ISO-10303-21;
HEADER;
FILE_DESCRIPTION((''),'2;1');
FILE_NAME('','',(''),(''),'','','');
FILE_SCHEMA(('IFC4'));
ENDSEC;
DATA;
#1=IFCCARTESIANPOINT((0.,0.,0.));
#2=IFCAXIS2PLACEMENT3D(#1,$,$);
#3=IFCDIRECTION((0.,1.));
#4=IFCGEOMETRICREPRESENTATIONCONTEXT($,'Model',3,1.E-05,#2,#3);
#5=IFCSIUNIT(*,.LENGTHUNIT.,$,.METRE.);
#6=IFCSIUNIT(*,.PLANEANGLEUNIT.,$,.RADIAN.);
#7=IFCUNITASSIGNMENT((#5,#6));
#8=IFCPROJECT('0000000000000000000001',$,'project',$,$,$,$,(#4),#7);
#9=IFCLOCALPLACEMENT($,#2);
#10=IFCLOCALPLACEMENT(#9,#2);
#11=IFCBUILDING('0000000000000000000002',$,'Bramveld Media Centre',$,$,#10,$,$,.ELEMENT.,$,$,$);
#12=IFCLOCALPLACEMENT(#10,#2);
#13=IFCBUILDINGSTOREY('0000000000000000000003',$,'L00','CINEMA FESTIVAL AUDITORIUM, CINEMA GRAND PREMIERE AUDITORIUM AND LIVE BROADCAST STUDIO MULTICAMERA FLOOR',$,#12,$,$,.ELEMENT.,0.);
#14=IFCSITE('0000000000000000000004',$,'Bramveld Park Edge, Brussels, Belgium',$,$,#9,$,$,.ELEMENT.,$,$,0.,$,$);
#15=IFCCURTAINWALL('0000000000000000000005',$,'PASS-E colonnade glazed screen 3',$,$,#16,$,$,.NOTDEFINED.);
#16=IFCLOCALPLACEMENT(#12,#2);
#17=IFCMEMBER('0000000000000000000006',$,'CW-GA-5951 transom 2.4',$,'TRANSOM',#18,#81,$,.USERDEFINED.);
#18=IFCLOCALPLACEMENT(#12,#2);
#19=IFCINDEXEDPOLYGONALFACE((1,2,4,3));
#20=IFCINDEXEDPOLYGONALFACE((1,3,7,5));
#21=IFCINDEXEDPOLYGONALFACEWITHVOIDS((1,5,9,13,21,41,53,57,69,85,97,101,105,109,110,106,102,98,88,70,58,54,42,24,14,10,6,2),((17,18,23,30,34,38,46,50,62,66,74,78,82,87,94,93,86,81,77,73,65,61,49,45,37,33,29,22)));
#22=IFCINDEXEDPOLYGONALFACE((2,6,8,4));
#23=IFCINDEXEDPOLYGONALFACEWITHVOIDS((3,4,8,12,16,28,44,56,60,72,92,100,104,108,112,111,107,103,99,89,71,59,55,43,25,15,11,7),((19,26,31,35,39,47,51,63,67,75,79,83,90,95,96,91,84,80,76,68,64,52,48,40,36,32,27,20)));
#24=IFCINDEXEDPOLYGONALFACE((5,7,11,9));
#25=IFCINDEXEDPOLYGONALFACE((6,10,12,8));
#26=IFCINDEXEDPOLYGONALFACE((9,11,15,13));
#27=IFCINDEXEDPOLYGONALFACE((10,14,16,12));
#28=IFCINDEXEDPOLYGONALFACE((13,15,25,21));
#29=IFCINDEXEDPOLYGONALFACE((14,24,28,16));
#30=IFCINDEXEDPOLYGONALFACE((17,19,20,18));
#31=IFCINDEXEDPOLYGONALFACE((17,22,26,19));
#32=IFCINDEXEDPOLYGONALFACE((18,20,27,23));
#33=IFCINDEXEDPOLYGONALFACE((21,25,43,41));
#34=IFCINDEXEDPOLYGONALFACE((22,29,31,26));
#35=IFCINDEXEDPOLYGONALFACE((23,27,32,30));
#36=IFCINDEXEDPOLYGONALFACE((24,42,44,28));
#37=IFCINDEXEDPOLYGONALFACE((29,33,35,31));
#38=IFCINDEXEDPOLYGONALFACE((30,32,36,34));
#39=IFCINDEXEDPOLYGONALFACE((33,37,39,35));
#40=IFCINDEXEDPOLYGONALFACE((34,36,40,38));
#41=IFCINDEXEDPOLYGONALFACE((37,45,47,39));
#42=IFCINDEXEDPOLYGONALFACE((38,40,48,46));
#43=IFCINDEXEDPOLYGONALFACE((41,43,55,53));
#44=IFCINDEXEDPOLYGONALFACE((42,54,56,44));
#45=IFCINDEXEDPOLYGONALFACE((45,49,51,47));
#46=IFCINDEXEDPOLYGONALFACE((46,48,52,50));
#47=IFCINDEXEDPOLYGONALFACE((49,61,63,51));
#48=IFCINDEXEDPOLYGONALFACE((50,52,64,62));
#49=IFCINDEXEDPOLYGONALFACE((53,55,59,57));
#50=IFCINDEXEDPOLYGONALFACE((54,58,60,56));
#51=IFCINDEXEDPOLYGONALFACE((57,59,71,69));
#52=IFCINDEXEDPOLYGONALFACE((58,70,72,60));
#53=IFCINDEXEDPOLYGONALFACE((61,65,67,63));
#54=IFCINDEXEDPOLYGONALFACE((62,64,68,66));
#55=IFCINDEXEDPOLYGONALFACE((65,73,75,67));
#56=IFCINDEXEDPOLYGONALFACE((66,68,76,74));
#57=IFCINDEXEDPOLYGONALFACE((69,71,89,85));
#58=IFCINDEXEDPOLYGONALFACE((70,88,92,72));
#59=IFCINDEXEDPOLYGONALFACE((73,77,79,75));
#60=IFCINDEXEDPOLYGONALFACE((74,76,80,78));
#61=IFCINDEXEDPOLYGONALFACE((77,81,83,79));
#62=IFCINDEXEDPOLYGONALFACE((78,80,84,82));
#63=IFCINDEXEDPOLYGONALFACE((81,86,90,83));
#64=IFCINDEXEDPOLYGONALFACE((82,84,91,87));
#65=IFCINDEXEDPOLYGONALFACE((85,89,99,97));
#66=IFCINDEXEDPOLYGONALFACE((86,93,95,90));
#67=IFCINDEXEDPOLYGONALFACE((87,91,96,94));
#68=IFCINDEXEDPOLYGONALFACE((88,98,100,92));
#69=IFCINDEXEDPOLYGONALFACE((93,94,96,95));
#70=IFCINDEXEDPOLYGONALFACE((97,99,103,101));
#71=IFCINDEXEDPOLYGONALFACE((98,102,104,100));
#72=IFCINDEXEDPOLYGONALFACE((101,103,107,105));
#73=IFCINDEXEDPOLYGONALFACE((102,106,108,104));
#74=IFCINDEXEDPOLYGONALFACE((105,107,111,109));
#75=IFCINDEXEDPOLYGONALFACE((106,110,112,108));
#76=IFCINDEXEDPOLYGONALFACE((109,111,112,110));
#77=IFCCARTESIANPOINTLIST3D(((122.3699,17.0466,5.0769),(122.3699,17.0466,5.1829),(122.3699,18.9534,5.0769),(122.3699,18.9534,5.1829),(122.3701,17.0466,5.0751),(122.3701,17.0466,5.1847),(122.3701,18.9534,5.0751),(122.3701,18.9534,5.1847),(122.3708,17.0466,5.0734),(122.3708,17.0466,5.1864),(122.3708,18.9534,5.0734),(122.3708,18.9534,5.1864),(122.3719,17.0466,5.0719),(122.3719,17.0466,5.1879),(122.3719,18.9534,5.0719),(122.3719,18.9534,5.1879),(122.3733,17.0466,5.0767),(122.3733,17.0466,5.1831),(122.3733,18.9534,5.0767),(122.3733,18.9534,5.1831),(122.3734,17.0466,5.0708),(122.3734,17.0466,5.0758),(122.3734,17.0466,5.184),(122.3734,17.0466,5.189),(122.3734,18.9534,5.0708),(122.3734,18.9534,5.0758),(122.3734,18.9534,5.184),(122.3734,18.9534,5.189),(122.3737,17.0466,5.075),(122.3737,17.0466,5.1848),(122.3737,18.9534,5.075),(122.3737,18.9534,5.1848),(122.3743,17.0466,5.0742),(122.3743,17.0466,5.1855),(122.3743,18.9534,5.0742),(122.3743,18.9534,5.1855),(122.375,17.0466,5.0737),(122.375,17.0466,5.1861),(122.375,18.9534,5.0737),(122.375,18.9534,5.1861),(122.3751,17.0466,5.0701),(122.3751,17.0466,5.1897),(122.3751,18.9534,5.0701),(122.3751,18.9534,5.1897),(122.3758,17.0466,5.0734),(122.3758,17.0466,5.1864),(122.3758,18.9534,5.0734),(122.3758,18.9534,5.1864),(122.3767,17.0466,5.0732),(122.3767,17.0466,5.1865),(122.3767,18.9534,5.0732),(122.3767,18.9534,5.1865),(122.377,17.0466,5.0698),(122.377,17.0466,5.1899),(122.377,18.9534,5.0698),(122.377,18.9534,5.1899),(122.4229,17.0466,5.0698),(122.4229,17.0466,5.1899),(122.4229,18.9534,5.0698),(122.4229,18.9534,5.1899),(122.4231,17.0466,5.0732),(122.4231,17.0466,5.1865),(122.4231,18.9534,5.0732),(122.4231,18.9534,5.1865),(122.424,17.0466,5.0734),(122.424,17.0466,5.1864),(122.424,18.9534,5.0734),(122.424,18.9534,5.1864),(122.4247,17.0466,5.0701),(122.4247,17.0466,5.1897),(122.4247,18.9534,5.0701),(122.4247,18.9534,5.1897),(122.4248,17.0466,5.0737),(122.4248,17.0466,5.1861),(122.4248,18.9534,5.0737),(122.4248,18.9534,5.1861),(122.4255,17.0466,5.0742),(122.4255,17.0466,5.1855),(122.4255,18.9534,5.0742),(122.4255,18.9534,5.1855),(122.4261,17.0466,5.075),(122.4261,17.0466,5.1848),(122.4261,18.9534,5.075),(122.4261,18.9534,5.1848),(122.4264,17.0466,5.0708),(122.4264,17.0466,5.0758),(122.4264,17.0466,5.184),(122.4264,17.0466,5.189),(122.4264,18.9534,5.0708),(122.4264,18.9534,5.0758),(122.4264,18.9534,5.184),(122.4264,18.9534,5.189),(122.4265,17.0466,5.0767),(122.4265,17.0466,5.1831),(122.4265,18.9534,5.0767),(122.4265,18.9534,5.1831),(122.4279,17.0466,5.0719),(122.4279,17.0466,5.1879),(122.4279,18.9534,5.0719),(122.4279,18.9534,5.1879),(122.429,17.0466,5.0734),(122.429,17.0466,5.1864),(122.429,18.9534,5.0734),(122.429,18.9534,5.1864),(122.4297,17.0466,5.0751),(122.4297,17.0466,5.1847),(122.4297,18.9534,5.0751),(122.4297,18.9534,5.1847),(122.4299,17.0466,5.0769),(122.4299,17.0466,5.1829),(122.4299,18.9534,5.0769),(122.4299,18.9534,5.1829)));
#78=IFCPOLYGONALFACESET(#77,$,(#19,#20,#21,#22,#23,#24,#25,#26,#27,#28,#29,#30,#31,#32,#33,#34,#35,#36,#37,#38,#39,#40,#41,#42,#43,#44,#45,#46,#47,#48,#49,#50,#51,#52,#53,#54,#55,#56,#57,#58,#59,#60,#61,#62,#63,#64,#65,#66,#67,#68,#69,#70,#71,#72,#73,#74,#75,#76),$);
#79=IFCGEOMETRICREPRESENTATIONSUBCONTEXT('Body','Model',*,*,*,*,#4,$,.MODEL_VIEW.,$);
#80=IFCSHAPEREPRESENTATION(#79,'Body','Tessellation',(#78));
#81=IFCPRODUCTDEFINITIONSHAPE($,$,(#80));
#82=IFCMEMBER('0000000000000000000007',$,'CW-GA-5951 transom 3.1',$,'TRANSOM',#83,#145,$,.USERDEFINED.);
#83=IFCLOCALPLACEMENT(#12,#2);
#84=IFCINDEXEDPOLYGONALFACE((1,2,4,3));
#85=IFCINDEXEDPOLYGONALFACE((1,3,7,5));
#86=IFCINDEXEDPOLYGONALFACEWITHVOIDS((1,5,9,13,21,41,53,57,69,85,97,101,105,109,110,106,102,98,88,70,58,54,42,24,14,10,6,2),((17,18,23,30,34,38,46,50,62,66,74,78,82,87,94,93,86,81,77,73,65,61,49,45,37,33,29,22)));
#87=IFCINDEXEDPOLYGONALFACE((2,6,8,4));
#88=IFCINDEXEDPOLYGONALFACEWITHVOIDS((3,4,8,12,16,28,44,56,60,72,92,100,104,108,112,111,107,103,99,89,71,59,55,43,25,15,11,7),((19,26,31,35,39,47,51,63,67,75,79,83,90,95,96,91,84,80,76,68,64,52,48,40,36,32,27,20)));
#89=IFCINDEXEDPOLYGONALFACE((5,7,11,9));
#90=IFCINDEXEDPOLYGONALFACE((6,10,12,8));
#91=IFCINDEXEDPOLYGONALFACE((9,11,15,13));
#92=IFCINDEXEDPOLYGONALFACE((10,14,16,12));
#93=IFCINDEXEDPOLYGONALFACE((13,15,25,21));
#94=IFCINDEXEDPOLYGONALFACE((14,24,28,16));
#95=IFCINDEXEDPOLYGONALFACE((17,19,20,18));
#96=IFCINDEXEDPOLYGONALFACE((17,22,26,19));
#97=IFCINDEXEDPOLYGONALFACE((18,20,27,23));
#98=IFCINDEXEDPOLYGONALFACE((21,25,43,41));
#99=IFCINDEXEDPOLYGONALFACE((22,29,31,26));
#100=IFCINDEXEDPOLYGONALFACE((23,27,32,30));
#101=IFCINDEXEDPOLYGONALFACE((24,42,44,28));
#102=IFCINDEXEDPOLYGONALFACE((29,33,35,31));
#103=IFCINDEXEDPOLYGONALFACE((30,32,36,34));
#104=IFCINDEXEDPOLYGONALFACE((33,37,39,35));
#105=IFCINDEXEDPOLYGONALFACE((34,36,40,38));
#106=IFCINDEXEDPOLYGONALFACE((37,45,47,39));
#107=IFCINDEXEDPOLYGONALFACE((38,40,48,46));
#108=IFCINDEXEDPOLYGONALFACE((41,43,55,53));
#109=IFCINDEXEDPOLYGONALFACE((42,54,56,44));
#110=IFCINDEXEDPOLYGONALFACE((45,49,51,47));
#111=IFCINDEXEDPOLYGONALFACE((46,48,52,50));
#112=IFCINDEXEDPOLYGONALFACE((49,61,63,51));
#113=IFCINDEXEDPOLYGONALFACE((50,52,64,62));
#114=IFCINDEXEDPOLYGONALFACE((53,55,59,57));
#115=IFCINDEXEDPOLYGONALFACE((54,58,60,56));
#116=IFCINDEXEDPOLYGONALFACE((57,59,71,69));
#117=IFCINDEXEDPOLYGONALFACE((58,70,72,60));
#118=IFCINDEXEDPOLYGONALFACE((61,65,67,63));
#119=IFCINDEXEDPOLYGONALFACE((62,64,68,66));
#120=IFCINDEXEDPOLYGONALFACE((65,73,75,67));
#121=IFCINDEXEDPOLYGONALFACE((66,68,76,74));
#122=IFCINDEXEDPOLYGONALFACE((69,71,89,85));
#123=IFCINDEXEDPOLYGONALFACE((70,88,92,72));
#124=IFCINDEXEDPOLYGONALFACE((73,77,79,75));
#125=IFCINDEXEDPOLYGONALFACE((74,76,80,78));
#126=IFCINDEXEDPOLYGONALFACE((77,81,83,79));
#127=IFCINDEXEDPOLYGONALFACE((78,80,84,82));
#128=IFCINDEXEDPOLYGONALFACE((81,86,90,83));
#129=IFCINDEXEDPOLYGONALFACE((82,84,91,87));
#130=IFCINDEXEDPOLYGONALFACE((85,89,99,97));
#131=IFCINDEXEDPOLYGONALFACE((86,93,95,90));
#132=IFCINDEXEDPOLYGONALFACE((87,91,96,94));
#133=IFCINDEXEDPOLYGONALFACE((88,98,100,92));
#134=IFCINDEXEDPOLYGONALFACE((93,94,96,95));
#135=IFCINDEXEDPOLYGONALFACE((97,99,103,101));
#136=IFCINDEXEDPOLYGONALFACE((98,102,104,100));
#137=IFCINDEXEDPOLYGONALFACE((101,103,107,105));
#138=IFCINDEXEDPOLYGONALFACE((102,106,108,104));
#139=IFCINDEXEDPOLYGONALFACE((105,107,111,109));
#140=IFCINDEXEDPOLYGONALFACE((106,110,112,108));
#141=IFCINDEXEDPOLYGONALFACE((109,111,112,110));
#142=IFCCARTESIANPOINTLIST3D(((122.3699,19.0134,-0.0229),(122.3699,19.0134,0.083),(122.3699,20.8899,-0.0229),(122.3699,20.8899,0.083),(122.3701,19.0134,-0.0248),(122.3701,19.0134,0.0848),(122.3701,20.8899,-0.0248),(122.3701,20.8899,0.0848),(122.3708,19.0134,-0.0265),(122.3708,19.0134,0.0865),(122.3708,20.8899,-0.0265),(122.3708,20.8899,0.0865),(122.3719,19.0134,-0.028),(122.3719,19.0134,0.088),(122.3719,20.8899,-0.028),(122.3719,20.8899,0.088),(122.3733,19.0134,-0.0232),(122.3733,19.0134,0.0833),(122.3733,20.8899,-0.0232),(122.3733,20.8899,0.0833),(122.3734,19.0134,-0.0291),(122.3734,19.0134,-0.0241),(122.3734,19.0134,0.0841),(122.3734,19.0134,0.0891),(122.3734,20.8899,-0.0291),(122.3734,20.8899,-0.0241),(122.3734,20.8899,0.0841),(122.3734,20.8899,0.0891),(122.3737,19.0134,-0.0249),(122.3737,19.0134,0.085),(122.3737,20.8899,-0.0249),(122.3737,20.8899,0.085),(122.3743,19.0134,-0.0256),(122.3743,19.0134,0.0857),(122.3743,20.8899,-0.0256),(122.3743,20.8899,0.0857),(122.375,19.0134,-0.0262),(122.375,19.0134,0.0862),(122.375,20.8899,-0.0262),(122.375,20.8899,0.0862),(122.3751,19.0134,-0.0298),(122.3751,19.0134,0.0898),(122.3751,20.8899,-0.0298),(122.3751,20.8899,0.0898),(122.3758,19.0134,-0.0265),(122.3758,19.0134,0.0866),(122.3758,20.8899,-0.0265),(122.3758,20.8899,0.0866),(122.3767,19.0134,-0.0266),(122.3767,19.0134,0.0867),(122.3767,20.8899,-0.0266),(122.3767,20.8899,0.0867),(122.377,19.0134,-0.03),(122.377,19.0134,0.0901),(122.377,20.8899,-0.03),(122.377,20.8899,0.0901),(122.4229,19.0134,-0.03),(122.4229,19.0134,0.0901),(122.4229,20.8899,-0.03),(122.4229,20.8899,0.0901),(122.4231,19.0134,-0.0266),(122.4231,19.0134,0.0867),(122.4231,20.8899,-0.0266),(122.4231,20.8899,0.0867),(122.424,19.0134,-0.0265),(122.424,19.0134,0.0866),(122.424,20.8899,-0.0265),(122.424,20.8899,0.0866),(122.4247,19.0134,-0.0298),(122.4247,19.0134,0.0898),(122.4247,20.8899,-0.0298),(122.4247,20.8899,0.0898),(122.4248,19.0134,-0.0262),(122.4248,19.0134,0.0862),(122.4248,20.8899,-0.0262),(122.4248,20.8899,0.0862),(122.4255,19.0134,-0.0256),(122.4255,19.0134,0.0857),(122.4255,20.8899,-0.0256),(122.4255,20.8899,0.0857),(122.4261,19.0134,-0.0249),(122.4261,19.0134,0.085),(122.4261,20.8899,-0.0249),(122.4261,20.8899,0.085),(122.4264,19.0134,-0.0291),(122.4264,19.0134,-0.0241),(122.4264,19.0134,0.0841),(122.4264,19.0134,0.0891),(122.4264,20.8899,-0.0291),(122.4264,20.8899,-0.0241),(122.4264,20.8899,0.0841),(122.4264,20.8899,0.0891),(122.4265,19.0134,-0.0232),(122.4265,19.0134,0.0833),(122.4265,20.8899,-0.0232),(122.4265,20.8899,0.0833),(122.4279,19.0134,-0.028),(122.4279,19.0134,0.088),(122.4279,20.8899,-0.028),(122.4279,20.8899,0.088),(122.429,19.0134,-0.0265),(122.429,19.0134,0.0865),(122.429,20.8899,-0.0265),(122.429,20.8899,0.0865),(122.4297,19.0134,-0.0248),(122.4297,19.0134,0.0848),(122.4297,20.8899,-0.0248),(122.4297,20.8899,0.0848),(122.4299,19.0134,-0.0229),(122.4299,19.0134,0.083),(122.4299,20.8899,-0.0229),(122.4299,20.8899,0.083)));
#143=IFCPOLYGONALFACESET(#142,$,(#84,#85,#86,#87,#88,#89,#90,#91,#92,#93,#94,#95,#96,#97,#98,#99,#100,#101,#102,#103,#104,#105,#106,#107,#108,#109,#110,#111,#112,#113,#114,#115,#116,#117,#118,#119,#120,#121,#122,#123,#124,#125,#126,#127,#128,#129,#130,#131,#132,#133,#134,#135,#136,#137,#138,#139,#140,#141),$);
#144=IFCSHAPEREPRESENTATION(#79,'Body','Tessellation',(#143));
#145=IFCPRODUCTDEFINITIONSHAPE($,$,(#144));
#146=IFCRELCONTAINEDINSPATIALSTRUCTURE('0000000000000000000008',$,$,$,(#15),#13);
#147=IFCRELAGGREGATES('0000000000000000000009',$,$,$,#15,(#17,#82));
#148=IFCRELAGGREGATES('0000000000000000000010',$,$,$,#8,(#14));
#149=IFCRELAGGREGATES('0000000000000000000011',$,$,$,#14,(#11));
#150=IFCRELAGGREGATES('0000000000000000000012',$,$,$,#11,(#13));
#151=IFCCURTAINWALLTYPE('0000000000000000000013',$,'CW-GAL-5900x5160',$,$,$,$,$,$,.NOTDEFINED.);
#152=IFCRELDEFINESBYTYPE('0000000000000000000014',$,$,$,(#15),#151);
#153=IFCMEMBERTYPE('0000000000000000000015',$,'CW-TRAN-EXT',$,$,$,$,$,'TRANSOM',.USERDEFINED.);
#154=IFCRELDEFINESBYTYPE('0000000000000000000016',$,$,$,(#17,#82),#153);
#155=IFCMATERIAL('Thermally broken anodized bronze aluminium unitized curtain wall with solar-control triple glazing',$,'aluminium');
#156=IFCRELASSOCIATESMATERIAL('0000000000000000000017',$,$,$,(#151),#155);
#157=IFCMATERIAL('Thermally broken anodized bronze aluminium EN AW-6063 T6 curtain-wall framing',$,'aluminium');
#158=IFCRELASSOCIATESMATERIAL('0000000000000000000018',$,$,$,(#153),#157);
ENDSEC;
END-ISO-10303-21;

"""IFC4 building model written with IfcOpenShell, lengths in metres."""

from ifc_helpers import new_model, si_unit, direction, frame, origin, origin_2d, place, context, subcontext, project, spatial, hollow_rectangle, extrude, material, material_profile, profile_set, type_object, element, aggregate, save


model = new_model("IFC4")

# Units and contexts
model_context = context("Model", 3, precision=1e-05, world=origin(), true_north=direction((0.0, 1.0)))
body_context = subcontext(model_context, "Body", "Model", "MODEL_VIEW")
ifc_project = project(units=[si_unit("LENGTHUNIT", "METRE"), si_unit("PLANEANGLEUNIT", "RADIAN")], contexts=[model_context])

# Site, building, storey
site_placement = place(None, origin())
site = spatial("IfcSite", under=ifc_project, at=site_placement, Name="Bramveld Park Edge, Brussels, Belgium", CompositionType="ELEMENT", RefElevation=0.0)
building_placement = place(site_placement, origin())
building = spatial("IfcBuilding", under=site, at=building_placement, Name="Bramveld Media Centre", CompositionType="ELEMENT")
storey_placement = place(building_placement, origin())
storey = spatial("IfcBuildingStorey", under=building, at=storey_placement, Name="L00", Description="CINEMA FESTIVAL AUDITORIUM, CINEMA GRAND PREMIERE AUDITORIUM AND LIVE BROADCAST STUDIO MULTICAMERA FLOOR", CompositionType="ELEMENT", Elevation=0.0)

# Curtain wall, members
ifc_material_1 = material(Name="Thermally broken anodized bronze aluminium unitized curtain wall with solar-control triple glazing", Category="aluminium")
curtain_wall_type = type_object("IfcCurtainWallType", Name="CW-GAL-5900x5160", PredefinedType="NOTDEFINED", material=ifc_material_1)
curtain_wall_placement = place(storey_placement, origin())
curtain_wall = element("IfcCurtainWall", 1, at=curtain_wall_placement, inside=storey, type_object=curtain_wall_type, Name="PASS-E colonnade glazed screen 3", PredefinedType="NOTDEFINED")
ifc_material_2 = material(Name="Thermally broken anodized bronze aluminium EN AW-6063 T6 curtain-wall framing", Category="aluminium")
ifc_material_profile_1 = material_profile(ifc_material_2, hollow_rectangle(XDim=0.0601, YDim=0.1201, WallThickness=0.0034, InnerFilletRadius=0.0034, OuterFilletRadius=0.0071, at=origin_2d()), Name="AL-TRAN 60x120")
ifc_profile_set_1 = profile_set([ifc_material_profile_1], Name="Thermally broken anodized bronze aluminium EN AW-6063 T6 curtain-wall framing")
member_type_1 = type_object("IfcMemberType", Name="CW-TRAN-EXT", ElementType="TRANSOM", PredefinedType="USERDEFINED", material=ifc_profile_set_1)
member_1_placement = place(storey_placement, frame((122.3999, 17.0466, 5.1299), z_axis=(0.0, 1.0, 0.0), x_axis=(-1.0, 0.0, 0.0)))
member_1 = element("IfcMember", 2, at=member_1_placement, type_object=member_type_1, Name="CW-GA-5951 transom 2.4", ObjectType="TRANSOM", PredefinedType="USERDEFINED", context=body_context, shape_type="SweptSolid", body=[
    extrude(hollow_rectangle(XDim=0.0601, YDim=0.1201, WallThickness=0.0034, InnerFilletRadius=0.0034, OuterFilletRadius=0.0071, at=origin_2d()), origin(), (0.0, 0.0, 1.0), 1.9067),
])
member_2_placement = place(storey_placement, frame((122.3999, 19.0134, 0.03), z_axis=(0.0, 1.0, 0.0), x_axis=(-1.0, 0.0, 0.0)))
member_2 = element("IfcMember", 3, at=member_2_placement, type_object=member_type_1, Name="CW-GA-5951 transom 3.1", ObjectType="TRANSOM", PredefinedType="USERDEFINED", context=body_context, shape_type="SweptSolid", body=[
    extrude(hollow_rectangle(XDim=0.0601, YDim=0.1201, WallThickness=0.0034, InnerFilletRadius=0.0034, OuterFilletRadius=0.0071, at=origin_2d()), origin(), (0.0, 0.0, 1.0), 1.8765),
])
aggregate(curtain_wall, [member_1, member_2])

save(model, "model.ifc")
